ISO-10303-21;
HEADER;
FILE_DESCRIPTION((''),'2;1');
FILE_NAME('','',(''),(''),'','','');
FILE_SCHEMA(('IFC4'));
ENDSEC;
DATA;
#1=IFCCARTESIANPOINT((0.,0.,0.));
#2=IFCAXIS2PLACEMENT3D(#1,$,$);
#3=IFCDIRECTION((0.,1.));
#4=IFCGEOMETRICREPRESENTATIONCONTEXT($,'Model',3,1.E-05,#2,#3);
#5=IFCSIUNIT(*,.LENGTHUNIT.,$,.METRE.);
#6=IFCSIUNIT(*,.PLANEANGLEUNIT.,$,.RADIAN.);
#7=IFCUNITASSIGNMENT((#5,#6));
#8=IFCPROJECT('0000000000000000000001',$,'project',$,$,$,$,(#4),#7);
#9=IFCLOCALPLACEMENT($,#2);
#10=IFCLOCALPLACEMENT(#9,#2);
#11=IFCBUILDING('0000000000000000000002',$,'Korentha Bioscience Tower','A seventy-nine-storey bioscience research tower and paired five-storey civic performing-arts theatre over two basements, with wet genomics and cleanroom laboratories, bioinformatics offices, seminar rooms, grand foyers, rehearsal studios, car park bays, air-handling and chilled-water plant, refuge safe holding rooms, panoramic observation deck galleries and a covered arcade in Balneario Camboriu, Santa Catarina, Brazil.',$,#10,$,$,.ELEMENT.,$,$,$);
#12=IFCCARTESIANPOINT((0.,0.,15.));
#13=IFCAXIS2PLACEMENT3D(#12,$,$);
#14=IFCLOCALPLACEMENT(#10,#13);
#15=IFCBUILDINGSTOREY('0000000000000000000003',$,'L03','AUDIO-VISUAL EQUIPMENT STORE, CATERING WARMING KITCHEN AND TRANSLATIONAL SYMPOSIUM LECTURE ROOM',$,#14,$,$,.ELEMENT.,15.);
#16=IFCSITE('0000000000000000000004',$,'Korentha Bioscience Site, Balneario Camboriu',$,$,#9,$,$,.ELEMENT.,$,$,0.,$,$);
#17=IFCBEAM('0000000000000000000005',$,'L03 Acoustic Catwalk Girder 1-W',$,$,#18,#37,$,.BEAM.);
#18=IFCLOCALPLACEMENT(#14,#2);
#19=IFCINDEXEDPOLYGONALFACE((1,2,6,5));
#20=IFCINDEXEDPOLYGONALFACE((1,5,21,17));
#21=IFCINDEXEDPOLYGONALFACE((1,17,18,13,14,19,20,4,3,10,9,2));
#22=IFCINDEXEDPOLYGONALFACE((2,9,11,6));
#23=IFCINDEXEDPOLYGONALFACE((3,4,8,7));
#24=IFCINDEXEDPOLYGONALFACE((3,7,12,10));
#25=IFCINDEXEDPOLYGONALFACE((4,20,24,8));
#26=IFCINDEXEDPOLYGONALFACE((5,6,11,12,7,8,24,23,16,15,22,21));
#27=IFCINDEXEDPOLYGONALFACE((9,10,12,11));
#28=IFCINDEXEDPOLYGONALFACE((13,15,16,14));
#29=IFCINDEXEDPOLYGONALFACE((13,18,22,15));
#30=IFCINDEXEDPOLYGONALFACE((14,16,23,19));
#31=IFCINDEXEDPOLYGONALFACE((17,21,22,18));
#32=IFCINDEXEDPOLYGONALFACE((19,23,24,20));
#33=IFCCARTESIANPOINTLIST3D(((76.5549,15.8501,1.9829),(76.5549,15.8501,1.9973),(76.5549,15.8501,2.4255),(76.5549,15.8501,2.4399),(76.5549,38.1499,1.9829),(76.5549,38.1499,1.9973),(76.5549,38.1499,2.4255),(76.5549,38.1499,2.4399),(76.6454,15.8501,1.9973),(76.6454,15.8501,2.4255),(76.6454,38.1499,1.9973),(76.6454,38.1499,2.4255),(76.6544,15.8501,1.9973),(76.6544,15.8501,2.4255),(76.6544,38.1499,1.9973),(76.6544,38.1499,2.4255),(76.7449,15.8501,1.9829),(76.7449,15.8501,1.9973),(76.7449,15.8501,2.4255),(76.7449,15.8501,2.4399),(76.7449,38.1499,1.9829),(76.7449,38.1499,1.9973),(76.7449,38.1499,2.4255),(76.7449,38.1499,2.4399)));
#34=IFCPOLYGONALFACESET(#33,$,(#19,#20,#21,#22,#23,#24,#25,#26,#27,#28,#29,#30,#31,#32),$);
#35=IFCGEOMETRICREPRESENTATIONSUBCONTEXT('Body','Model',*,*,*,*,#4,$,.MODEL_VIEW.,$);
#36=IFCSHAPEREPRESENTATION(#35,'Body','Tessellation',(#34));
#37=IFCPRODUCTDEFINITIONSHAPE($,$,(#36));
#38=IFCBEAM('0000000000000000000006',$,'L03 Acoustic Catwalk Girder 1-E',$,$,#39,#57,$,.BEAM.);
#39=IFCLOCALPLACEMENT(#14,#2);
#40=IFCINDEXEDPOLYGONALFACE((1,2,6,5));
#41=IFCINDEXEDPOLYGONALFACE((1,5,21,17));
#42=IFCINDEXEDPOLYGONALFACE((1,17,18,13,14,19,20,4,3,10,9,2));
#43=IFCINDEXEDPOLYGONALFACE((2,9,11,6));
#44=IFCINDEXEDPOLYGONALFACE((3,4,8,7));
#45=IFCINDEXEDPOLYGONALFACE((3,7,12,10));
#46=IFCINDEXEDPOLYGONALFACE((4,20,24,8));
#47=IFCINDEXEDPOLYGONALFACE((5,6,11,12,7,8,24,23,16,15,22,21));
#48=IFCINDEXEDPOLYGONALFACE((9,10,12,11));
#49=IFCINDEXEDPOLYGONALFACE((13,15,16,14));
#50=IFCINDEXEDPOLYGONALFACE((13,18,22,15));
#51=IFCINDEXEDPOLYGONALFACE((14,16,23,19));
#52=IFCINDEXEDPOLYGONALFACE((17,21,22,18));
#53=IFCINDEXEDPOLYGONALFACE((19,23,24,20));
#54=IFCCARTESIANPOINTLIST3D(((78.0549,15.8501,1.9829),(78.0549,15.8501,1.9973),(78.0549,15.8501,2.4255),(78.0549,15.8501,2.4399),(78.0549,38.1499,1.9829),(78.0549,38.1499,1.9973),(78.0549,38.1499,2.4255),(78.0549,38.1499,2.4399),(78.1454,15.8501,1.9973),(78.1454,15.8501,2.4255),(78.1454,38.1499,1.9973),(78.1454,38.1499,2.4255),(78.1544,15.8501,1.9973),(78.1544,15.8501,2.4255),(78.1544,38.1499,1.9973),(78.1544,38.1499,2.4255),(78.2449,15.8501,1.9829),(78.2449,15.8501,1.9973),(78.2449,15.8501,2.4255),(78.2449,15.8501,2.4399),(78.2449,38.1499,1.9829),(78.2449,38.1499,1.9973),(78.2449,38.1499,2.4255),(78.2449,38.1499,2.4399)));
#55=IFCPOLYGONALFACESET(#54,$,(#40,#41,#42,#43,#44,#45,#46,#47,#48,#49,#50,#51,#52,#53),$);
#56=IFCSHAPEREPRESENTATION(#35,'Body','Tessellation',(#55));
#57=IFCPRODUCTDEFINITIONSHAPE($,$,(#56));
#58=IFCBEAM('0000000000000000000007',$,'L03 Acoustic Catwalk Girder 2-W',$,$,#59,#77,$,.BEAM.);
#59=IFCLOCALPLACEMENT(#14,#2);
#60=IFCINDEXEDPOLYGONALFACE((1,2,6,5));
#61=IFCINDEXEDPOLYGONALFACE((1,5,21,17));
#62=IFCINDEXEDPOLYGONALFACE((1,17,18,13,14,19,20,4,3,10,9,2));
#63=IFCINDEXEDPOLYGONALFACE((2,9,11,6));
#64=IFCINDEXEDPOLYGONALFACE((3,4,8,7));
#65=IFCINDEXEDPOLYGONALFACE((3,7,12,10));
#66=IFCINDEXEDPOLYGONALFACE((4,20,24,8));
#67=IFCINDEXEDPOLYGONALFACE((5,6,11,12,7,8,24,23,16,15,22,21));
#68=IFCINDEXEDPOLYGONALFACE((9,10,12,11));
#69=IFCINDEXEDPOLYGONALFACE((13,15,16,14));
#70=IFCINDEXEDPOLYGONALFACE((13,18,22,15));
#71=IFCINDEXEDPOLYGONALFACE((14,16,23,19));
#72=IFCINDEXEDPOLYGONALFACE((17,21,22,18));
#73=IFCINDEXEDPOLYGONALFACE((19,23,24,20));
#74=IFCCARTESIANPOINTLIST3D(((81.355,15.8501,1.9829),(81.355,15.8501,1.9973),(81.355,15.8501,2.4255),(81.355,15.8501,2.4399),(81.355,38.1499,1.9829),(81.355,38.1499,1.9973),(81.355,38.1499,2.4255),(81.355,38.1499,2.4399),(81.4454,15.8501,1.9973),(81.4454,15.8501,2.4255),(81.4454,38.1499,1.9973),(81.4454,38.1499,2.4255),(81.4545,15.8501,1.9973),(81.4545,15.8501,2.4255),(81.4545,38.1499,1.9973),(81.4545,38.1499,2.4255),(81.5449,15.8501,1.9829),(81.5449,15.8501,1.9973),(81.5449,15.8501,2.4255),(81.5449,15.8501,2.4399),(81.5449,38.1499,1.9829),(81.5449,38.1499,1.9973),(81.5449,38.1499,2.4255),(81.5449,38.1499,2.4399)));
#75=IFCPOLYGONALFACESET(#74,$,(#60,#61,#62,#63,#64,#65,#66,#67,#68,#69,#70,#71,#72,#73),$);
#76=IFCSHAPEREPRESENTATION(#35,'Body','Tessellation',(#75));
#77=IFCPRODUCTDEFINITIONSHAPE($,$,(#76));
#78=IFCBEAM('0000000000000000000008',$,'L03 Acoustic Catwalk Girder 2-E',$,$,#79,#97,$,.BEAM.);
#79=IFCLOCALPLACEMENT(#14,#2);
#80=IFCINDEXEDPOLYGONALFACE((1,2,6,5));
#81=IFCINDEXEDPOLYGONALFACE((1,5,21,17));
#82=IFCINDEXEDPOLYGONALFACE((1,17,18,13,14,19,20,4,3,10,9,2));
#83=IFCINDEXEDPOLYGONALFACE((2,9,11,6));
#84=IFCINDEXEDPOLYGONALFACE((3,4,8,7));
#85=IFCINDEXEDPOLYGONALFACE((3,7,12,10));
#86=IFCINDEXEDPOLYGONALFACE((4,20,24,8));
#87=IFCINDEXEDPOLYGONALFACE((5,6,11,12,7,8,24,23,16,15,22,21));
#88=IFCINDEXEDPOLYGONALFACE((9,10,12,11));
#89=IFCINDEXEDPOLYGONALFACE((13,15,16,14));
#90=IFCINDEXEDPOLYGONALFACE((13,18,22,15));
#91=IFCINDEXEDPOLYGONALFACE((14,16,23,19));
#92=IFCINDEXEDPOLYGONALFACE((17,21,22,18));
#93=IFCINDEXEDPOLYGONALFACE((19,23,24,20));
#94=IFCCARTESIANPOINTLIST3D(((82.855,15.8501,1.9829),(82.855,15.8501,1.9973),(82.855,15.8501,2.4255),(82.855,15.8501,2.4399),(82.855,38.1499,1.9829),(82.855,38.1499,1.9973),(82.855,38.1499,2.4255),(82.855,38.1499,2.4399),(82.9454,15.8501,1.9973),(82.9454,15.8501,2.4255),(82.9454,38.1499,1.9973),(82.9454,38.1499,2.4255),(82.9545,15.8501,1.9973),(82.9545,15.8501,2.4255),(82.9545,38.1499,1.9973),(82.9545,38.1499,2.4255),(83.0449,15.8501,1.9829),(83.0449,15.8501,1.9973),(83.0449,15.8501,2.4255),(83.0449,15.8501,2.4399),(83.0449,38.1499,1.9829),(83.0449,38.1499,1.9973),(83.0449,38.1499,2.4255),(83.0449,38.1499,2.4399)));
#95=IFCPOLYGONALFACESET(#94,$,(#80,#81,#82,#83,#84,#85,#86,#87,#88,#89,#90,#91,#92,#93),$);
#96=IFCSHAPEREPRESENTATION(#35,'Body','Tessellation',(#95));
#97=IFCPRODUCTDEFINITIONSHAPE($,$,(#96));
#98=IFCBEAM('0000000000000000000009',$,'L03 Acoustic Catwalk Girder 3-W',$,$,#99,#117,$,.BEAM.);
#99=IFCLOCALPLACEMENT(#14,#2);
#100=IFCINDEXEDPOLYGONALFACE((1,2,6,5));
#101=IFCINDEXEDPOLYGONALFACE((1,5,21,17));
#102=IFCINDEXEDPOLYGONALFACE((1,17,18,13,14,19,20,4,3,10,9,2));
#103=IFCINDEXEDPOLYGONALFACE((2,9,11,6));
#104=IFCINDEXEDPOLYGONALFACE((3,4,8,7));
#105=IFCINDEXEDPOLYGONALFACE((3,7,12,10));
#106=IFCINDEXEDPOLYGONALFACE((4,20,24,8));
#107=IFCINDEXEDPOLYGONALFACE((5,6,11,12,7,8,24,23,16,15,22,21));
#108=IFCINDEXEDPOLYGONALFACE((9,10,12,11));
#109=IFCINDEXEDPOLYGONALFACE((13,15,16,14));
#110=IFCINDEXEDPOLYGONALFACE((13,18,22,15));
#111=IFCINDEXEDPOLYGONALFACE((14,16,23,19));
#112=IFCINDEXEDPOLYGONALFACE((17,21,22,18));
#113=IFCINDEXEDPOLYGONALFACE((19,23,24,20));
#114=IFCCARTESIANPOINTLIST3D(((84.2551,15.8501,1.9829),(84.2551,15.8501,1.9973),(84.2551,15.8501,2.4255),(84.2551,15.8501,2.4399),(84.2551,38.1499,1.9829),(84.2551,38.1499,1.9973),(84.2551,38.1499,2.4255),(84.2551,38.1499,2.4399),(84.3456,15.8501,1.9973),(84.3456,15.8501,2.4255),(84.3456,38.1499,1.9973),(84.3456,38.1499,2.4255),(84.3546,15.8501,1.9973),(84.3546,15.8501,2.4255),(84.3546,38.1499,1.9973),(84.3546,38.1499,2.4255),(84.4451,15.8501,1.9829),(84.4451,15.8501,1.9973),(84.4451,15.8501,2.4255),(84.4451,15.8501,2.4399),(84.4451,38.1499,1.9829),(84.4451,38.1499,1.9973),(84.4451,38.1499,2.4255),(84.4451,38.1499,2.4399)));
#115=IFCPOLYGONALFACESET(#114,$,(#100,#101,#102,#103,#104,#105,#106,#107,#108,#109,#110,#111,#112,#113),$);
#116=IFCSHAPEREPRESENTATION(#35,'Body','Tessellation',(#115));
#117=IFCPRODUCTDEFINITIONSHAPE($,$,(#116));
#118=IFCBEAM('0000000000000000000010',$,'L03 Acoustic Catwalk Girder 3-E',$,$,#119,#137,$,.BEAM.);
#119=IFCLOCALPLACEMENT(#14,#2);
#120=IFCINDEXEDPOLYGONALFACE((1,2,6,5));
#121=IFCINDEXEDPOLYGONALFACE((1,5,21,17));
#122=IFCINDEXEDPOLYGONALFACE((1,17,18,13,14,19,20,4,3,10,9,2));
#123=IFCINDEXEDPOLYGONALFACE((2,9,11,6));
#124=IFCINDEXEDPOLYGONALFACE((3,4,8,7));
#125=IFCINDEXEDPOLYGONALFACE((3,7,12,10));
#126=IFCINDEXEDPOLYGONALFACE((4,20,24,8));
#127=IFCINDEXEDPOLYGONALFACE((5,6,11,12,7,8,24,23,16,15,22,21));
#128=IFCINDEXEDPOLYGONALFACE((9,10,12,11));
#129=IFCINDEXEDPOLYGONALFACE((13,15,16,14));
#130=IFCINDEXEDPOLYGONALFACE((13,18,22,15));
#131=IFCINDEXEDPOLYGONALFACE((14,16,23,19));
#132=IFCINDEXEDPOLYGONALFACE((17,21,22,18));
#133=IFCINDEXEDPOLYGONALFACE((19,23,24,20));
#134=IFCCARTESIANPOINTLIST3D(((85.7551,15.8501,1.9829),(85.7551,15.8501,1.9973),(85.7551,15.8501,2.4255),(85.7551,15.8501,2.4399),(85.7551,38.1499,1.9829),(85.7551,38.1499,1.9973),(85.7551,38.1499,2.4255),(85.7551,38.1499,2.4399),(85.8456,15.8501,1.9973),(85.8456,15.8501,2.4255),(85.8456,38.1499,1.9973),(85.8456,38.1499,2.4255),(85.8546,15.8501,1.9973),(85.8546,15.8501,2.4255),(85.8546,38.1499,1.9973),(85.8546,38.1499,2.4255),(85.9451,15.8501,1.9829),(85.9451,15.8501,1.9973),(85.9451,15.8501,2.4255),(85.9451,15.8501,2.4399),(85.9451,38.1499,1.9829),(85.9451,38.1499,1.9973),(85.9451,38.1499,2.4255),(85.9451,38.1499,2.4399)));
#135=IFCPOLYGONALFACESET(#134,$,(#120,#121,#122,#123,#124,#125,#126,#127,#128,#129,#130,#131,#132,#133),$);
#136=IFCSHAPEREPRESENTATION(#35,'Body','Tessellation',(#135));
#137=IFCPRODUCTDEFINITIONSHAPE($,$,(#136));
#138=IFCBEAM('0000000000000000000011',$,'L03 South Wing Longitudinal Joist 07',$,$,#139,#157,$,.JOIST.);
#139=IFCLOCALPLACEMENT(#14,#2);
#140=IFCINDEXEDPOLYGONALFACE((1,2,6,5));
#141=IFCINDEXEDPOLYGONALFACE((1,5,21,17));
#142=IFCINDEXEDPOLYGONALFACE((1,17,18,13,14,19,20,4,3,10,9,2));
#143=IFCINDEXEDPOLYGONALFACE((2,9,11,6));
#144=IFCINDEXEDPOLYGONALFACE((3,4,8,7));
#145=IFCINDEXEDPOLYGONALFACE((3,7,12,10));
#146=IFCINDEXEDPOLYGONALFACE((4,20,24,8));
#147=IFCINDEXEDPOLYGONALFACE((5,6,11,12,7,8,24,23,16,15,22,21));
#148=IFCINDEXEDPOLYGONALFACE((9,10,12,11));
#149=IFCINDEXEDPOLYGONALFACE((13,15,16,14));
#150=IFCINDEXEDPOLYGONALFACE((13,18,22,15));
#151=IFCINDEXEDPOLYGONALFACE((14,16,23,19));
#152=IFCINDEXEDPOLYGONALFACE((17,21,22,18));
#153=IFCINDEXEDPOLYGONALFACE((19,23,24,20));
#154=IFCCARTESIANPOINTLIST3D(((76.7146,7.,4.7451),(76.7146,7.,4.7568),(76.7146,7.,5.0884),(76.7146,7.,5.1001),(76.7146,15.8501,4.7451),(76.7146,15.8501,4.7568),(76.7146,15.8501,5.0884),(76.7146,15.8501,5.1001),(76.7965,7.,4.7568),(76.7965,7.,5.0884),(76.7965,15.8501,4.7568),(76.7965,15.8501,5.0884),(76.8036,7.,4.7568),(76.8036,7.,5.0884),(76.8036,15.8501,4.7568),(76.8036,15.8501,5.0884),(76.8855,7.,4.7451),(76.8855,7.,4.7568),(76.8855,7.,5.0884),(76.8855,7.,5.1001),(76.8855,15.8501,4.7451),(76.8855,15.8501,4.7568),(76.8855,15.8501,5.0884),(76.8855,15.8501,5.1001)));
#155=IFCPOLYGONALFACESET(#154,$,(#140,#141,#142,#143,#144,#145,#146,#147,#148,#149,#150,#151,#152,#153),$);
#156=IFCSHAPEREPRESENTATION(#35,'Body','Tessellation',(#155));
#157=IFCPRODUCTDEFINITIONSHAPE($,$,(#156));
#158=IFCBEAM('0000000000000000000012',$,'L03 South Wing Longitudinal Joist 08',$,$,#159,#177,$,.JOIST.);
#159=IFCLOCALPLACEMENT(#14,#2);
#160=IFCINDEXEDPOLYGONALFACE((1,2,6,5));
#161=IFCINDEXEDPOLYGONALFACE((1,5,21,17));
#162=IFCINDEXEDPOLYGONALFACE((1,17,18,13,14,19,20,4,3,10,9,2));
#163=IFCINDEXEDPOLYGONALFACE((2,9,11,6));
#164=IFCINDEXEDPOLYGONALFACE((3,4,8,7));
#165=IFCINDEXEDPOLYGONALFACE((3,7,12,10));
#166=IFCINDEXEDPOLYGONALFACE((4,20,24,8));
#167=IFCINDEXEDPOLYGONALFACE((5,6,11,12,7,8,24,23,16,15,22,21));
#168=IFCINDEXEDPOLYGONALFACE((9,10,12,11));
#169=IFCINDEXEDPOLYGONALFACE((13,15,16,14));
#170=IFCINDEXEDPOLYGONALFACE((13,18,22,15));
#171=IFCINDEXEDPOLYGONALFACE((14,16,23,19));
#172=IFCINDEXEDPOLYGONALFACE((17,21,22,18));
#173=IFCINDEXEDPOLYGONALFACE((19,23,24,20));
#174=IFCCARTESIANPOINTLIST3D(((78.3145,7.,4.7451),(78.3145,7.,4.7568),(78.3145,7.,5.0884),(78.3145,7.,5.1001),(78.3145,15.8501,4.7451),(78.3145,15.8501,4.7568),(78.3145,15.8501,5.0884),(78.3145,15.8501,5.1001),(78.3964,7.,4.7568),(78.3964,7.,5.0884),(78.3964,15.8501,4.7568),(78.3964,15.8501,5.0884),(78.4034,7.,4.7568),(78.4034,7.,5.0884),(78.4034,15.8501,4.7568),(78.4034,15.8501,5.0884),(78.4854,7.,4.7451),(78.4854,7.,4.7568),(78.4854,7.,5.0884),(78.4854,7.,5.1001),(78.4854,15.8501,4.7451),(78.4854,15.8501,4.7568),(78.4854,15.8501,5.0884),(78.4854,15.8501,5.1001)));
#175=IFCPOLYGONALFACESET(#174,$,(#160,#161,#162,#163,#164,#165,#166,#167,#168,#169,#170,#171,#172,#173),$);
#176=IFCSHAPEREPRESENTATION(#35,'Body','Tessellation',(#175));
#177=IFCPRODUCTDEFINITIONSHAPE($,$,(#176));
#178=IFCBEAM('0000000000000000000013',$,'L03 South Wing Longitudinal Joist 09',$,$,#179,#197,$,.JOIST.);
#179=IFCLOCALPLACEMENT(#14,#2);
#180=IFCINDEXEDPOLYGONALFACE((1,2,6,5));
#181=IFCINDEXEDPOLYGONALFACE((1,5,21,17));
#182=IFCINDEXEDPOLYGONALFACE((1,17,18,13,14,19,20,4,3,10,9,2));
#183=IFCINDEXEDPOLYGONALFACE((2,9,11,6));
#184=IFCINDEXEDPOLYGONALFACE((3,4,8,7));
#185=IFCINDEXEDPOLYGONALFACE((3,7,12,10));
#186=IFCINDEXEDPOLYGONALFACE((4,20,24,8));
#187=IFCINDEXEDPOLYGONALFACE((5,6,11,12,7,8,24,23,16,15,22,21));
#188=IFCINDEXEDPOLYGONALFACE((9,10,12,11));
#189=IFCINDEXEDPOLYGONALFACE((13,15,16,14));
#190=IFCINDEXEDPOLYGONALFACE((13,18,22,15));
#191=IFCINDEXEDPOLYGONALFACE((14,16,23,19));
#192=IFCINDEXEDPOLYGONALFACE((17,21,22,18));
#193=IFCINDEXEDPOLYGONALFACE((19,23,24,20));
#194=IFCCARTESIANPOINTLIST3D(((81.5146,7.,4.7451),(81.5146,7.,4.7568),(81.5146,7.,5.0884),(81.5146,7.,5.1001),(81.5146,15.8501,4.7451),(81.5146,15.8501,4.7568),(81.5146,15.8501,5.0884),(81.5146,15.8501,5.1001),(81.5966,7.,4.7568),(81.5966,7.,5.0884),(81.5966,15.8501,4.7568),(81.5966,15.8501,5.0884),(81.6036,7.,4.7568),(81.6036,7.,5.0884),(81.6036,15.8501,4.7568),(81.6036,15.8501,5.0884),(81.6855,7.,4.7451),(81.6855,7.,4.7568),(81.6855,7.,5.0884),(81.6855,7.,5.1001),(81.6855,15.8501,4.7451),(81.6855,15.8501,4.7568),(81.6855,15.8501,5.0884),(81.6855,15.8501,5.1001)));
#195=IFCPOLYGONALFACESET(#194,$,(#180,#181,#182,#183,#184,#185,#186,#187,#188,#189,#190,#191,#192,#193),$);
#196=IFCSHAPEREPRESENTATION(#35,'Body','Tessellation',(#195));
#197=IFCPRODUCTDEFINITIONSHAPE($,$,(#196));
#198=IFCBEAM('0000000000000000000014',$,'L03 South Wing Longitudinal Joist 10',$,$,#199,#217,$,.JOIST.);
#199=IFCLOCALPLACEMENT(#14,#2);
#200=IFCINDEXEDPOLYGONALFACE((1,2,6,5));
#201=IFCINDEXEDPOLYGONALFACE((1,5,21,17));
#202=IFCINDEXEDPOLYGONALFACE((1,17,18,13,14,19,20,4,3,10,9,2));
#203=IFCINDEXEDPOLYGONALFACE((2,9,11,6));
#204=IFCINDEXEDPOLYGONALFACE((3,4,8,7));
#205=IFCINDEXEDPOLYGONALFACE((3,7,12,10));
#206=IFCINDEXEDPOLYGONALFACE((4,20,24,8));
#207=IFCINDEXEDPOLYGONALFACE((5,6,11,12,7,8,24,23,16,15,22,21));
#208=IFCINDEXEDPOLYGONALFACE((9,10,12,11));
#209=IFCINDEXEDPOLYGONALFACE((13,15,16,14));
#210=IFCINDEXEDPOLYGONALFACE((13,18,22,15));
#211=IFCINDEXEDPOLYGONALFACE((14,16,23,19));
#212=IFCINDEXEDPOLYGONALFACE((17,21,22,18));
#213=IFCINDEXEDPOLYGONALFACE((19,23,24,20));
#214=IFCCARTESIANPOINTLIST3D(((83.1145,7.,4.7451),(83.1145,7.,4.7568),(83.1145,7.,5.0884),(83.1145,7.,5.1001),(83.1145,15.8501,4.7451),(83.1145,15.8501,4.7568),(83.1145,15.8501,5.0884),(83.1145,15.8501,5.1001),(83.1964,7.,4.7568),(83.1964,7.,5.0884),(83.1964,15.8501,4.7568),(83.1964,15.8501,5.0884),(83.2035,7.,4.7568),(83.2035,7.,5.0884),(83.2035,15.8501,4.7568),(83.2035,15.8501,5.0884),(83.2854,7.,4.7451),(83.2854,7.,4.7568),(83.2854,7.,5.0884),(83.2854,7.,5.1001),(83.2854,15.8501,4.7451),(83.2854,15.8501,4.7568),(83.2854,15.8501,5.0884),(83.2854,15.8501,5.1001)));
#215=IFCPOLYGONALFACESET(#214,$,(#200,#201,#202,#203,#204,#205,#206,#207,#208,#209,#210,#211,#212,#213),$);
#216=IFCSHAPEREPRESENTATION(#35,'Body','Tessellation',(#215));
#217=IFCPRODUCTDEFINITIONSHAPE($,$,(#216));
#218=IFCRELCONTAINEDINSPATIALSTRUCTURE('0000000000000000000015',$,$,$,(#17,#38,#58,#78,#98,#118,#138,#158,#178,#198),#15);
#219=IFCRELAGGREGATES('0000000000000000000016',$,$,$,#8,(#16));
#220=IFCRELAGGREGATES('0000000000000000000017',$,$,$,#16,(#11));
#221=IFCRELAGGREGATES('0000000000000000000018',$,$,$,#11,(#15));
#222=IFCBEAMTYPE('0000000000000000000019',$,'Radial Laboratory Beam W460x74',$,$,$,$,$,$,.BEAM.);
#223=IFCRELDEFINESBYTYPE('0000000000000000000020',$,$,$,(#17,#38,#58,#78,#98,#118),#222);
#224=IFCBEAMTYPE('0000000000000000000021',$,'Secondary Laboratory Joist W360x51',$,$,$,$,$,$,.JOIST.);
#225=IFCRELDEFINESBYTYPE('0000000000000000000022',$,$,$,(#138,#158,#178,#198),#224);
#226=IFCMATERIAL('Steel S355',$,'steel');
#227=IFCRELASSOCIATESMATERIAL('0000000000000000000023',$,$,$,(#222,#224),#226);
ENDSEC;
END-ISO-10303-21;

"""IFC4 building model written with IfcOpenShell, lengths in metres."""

from ifc_helpers import new_model, si_unit, direction, frame, origin, origin_2d, place, context, subcontext, project, spatial, i_section, extrude, material, material_profile, profile_set, type_object, element, save


model = new_model("IFC4")

# Units and contexts
model_context = context("Model", 3, precision=1e-05, world=origin(), true_north=direction((0.0, 1.0)))
body_context = subcontext(model_context, "Body", "Model", "MODEL_VIEW")
ifc_project = project(units=[si_unit("LENGTHUNIT", "METRE"), si_unit("PLANEANGLEUNIT", "RADIAN")], contexts=[model_context])

# Site, building, storey
site_placement = place(None, origin())
site = spatial("IfcSite", under=ifc_project, at=site_placement, Name="Korentha Bioscience Site, Balneario Camboriu", CompositionType="ELEMENT", RefElevation=0.0)
building_placement = place(site_placement, origin())
building = spatial("IfcBuilding", under=site, at=building_placement, Name="Korentha Bioscience Tower", Description="A seventy-nine-storey bioscience research tower and paired five-storey civic performing-arts theatre over two basements, with wet genomics and cleanroom laboratories, bioinformatics offices, seminar rooms, grand foyers, rehearsal studios, car park bays, air-handling and chilled-water plant, refuge safe holding rooms, panoramic observation deck galleries and a covered arcade in Balneario Camboriu, Santa Catarina, Brazil.", CompositionType="ELEMENT")
storey_placement = place(building_placement, frame((0.0, 0.0, 15.0)))
storey = spatial("IfcBuildingStorey", under=building, at=storey_placement, Name="L03", Description="AUDIO-VISUAL EQUIPMENT STORE, CATERING WARMING KITCHEN AND TRANSLATIONAL SYMPOSIUM LECTURE ROOM", CompositionType="ELEMENT", Elevation=15.0)

# Shared definitions
ifc_material_1 = material(Name="Steel S355", Category="steel")

# Beams
ifc_material_profile_1 = material_profile(ifc_material_1, i_section(OverallWidth=0.1899, OverallDepth=0.457, WebThickness=0.009, FlangeThickness=0.0144, at=origin_2d()), Name="Steel S355")
ifc_profile_set_1 = profile_set([ifc_material_profile_1], Name="Steel S355 (RB-460)")
beam_type_1 = type_object("IfcBeamType", Name="Radial Laboratory Beam W460x74", PredefinedType="BEAM", material=ifc_profile_set_1)
for number, where, z_axis, x_axis, name in (
    (1, (76.6499, 15.8501, 2.2114), (0.0, 1.0, 0.0), (-1.0, 0.0, 0.0), "L03 Acoustic Catwalk Girder 1-W"),
    (2, (78.1499, 15.8501, 2.2114), (0.0, 1.0, 0.0), (-1.0, 0.0, 0.0), "L03 Acoustic Catwalk Girder 1-E"),
    (3, (81.45, 15.8501, 2.2114), (0.0, 1.0, 0.0), (-1.0, 0.0, 0.0), "L03 Acoustic Catwalk Girder 2-W"),
    (4, (82.95, 15.8501, 2.2114), (0.0, 1.0, 0.0), (-1.0, 0.0, 0.0), "L03 Acoustic Catwalk Girder 2-E"),
    (5, (84.3501, 15.8501, 2.2114), (0.0, 1.0, 0.0), (-1.0, 0.0, 0.0), "L03 Acoustic Catwalk Girder 3-W"),
    (6, (85.8501, 15.8501, 2.2114), (0.0, 1.0, 0.0), (-1.0, 0.0, 0.0), "L03 Acoustic Catwalk Girder 3-E"),
):
    element("IfcBeam", number, at=place(storey_placement, frame(where, z_axis=z_axis, x_axis=x_axis)), inside=storey, type_object=beam_type_1, Name=name, PredefinedType="BEAM", context=body_context, shape_type="SweptSolid", body=[
        extrude(i_section(OverallWidth=0.1899, OverallDepth=0.457, WebThickness=0.009, FlangeThickness=0.0144, at=origin_2d()), origin(), (0.0, 0.0, 1.0), 22.2998),
    ])
ifc_material_profile_2 = material_profile(ifc_material_1, i_section(OverallWidth=0.1709, OverallDepth=0.355, WebThickness=0.0071, FlangeThickness=0.0117, at=origin_2d()), Name="Steel S355")
ifc_profile_set_2 = profile_set([ifc_material_profile_2], Name="Steel S355 (JB-360)")
beam_type_2 = type_object("IfcBeamType", Name="Secondary Laboratory Joist W360x51", PredefinedType="JOIST", material=ifc_profile_set_2)
for number, where, z_axis, x_axis, name in (
    (7, (76.8, 7.0, 4.9226), (0.0, 1.0, 0.0), (-1.0, 0.0, 0.0), "L03 South Wing Longitudinal Joist 07"),
    (8, (78.3999, 7.0, 4.9226), (0.0, 1.0, 0.0), (-1.0, 0.0, 0.0), "L03 South Wing Longitudinal Joist 08"),
    (9, (81.6001, 7.0, 4.9226), (0.0, 1.0, 0.0), (-1.0, 0.0, 0.0), "L03 South Wing Longitudinal Joist 09"),
    (10, (83.2, 7.0, 4.9226), (0.0, 1.0, 0.0), (-1.0, 0.0, 0.0), "L03 South Wing Longitudinal Joist 10"),
):
    element("IfcBeam", number, at=place(storey_placement, frame(where, z_axis=z_axis, x_axis=x_axis)), inside=storey, type_object=beam_type_2, Name=name, PredefinedType="JOIST", context=body_context, shape_type="SweptSolid", body=[
        extrude(i_section(OverallWidth=0.1709, OverallDepth=0.355, WebThickness=0.0071, FlangeThickness=0.0117, at=origin_2d()), origin(), (0.0, 0.0, 1.0), 8.8501),
    ])

save(model, "model.ifc")
